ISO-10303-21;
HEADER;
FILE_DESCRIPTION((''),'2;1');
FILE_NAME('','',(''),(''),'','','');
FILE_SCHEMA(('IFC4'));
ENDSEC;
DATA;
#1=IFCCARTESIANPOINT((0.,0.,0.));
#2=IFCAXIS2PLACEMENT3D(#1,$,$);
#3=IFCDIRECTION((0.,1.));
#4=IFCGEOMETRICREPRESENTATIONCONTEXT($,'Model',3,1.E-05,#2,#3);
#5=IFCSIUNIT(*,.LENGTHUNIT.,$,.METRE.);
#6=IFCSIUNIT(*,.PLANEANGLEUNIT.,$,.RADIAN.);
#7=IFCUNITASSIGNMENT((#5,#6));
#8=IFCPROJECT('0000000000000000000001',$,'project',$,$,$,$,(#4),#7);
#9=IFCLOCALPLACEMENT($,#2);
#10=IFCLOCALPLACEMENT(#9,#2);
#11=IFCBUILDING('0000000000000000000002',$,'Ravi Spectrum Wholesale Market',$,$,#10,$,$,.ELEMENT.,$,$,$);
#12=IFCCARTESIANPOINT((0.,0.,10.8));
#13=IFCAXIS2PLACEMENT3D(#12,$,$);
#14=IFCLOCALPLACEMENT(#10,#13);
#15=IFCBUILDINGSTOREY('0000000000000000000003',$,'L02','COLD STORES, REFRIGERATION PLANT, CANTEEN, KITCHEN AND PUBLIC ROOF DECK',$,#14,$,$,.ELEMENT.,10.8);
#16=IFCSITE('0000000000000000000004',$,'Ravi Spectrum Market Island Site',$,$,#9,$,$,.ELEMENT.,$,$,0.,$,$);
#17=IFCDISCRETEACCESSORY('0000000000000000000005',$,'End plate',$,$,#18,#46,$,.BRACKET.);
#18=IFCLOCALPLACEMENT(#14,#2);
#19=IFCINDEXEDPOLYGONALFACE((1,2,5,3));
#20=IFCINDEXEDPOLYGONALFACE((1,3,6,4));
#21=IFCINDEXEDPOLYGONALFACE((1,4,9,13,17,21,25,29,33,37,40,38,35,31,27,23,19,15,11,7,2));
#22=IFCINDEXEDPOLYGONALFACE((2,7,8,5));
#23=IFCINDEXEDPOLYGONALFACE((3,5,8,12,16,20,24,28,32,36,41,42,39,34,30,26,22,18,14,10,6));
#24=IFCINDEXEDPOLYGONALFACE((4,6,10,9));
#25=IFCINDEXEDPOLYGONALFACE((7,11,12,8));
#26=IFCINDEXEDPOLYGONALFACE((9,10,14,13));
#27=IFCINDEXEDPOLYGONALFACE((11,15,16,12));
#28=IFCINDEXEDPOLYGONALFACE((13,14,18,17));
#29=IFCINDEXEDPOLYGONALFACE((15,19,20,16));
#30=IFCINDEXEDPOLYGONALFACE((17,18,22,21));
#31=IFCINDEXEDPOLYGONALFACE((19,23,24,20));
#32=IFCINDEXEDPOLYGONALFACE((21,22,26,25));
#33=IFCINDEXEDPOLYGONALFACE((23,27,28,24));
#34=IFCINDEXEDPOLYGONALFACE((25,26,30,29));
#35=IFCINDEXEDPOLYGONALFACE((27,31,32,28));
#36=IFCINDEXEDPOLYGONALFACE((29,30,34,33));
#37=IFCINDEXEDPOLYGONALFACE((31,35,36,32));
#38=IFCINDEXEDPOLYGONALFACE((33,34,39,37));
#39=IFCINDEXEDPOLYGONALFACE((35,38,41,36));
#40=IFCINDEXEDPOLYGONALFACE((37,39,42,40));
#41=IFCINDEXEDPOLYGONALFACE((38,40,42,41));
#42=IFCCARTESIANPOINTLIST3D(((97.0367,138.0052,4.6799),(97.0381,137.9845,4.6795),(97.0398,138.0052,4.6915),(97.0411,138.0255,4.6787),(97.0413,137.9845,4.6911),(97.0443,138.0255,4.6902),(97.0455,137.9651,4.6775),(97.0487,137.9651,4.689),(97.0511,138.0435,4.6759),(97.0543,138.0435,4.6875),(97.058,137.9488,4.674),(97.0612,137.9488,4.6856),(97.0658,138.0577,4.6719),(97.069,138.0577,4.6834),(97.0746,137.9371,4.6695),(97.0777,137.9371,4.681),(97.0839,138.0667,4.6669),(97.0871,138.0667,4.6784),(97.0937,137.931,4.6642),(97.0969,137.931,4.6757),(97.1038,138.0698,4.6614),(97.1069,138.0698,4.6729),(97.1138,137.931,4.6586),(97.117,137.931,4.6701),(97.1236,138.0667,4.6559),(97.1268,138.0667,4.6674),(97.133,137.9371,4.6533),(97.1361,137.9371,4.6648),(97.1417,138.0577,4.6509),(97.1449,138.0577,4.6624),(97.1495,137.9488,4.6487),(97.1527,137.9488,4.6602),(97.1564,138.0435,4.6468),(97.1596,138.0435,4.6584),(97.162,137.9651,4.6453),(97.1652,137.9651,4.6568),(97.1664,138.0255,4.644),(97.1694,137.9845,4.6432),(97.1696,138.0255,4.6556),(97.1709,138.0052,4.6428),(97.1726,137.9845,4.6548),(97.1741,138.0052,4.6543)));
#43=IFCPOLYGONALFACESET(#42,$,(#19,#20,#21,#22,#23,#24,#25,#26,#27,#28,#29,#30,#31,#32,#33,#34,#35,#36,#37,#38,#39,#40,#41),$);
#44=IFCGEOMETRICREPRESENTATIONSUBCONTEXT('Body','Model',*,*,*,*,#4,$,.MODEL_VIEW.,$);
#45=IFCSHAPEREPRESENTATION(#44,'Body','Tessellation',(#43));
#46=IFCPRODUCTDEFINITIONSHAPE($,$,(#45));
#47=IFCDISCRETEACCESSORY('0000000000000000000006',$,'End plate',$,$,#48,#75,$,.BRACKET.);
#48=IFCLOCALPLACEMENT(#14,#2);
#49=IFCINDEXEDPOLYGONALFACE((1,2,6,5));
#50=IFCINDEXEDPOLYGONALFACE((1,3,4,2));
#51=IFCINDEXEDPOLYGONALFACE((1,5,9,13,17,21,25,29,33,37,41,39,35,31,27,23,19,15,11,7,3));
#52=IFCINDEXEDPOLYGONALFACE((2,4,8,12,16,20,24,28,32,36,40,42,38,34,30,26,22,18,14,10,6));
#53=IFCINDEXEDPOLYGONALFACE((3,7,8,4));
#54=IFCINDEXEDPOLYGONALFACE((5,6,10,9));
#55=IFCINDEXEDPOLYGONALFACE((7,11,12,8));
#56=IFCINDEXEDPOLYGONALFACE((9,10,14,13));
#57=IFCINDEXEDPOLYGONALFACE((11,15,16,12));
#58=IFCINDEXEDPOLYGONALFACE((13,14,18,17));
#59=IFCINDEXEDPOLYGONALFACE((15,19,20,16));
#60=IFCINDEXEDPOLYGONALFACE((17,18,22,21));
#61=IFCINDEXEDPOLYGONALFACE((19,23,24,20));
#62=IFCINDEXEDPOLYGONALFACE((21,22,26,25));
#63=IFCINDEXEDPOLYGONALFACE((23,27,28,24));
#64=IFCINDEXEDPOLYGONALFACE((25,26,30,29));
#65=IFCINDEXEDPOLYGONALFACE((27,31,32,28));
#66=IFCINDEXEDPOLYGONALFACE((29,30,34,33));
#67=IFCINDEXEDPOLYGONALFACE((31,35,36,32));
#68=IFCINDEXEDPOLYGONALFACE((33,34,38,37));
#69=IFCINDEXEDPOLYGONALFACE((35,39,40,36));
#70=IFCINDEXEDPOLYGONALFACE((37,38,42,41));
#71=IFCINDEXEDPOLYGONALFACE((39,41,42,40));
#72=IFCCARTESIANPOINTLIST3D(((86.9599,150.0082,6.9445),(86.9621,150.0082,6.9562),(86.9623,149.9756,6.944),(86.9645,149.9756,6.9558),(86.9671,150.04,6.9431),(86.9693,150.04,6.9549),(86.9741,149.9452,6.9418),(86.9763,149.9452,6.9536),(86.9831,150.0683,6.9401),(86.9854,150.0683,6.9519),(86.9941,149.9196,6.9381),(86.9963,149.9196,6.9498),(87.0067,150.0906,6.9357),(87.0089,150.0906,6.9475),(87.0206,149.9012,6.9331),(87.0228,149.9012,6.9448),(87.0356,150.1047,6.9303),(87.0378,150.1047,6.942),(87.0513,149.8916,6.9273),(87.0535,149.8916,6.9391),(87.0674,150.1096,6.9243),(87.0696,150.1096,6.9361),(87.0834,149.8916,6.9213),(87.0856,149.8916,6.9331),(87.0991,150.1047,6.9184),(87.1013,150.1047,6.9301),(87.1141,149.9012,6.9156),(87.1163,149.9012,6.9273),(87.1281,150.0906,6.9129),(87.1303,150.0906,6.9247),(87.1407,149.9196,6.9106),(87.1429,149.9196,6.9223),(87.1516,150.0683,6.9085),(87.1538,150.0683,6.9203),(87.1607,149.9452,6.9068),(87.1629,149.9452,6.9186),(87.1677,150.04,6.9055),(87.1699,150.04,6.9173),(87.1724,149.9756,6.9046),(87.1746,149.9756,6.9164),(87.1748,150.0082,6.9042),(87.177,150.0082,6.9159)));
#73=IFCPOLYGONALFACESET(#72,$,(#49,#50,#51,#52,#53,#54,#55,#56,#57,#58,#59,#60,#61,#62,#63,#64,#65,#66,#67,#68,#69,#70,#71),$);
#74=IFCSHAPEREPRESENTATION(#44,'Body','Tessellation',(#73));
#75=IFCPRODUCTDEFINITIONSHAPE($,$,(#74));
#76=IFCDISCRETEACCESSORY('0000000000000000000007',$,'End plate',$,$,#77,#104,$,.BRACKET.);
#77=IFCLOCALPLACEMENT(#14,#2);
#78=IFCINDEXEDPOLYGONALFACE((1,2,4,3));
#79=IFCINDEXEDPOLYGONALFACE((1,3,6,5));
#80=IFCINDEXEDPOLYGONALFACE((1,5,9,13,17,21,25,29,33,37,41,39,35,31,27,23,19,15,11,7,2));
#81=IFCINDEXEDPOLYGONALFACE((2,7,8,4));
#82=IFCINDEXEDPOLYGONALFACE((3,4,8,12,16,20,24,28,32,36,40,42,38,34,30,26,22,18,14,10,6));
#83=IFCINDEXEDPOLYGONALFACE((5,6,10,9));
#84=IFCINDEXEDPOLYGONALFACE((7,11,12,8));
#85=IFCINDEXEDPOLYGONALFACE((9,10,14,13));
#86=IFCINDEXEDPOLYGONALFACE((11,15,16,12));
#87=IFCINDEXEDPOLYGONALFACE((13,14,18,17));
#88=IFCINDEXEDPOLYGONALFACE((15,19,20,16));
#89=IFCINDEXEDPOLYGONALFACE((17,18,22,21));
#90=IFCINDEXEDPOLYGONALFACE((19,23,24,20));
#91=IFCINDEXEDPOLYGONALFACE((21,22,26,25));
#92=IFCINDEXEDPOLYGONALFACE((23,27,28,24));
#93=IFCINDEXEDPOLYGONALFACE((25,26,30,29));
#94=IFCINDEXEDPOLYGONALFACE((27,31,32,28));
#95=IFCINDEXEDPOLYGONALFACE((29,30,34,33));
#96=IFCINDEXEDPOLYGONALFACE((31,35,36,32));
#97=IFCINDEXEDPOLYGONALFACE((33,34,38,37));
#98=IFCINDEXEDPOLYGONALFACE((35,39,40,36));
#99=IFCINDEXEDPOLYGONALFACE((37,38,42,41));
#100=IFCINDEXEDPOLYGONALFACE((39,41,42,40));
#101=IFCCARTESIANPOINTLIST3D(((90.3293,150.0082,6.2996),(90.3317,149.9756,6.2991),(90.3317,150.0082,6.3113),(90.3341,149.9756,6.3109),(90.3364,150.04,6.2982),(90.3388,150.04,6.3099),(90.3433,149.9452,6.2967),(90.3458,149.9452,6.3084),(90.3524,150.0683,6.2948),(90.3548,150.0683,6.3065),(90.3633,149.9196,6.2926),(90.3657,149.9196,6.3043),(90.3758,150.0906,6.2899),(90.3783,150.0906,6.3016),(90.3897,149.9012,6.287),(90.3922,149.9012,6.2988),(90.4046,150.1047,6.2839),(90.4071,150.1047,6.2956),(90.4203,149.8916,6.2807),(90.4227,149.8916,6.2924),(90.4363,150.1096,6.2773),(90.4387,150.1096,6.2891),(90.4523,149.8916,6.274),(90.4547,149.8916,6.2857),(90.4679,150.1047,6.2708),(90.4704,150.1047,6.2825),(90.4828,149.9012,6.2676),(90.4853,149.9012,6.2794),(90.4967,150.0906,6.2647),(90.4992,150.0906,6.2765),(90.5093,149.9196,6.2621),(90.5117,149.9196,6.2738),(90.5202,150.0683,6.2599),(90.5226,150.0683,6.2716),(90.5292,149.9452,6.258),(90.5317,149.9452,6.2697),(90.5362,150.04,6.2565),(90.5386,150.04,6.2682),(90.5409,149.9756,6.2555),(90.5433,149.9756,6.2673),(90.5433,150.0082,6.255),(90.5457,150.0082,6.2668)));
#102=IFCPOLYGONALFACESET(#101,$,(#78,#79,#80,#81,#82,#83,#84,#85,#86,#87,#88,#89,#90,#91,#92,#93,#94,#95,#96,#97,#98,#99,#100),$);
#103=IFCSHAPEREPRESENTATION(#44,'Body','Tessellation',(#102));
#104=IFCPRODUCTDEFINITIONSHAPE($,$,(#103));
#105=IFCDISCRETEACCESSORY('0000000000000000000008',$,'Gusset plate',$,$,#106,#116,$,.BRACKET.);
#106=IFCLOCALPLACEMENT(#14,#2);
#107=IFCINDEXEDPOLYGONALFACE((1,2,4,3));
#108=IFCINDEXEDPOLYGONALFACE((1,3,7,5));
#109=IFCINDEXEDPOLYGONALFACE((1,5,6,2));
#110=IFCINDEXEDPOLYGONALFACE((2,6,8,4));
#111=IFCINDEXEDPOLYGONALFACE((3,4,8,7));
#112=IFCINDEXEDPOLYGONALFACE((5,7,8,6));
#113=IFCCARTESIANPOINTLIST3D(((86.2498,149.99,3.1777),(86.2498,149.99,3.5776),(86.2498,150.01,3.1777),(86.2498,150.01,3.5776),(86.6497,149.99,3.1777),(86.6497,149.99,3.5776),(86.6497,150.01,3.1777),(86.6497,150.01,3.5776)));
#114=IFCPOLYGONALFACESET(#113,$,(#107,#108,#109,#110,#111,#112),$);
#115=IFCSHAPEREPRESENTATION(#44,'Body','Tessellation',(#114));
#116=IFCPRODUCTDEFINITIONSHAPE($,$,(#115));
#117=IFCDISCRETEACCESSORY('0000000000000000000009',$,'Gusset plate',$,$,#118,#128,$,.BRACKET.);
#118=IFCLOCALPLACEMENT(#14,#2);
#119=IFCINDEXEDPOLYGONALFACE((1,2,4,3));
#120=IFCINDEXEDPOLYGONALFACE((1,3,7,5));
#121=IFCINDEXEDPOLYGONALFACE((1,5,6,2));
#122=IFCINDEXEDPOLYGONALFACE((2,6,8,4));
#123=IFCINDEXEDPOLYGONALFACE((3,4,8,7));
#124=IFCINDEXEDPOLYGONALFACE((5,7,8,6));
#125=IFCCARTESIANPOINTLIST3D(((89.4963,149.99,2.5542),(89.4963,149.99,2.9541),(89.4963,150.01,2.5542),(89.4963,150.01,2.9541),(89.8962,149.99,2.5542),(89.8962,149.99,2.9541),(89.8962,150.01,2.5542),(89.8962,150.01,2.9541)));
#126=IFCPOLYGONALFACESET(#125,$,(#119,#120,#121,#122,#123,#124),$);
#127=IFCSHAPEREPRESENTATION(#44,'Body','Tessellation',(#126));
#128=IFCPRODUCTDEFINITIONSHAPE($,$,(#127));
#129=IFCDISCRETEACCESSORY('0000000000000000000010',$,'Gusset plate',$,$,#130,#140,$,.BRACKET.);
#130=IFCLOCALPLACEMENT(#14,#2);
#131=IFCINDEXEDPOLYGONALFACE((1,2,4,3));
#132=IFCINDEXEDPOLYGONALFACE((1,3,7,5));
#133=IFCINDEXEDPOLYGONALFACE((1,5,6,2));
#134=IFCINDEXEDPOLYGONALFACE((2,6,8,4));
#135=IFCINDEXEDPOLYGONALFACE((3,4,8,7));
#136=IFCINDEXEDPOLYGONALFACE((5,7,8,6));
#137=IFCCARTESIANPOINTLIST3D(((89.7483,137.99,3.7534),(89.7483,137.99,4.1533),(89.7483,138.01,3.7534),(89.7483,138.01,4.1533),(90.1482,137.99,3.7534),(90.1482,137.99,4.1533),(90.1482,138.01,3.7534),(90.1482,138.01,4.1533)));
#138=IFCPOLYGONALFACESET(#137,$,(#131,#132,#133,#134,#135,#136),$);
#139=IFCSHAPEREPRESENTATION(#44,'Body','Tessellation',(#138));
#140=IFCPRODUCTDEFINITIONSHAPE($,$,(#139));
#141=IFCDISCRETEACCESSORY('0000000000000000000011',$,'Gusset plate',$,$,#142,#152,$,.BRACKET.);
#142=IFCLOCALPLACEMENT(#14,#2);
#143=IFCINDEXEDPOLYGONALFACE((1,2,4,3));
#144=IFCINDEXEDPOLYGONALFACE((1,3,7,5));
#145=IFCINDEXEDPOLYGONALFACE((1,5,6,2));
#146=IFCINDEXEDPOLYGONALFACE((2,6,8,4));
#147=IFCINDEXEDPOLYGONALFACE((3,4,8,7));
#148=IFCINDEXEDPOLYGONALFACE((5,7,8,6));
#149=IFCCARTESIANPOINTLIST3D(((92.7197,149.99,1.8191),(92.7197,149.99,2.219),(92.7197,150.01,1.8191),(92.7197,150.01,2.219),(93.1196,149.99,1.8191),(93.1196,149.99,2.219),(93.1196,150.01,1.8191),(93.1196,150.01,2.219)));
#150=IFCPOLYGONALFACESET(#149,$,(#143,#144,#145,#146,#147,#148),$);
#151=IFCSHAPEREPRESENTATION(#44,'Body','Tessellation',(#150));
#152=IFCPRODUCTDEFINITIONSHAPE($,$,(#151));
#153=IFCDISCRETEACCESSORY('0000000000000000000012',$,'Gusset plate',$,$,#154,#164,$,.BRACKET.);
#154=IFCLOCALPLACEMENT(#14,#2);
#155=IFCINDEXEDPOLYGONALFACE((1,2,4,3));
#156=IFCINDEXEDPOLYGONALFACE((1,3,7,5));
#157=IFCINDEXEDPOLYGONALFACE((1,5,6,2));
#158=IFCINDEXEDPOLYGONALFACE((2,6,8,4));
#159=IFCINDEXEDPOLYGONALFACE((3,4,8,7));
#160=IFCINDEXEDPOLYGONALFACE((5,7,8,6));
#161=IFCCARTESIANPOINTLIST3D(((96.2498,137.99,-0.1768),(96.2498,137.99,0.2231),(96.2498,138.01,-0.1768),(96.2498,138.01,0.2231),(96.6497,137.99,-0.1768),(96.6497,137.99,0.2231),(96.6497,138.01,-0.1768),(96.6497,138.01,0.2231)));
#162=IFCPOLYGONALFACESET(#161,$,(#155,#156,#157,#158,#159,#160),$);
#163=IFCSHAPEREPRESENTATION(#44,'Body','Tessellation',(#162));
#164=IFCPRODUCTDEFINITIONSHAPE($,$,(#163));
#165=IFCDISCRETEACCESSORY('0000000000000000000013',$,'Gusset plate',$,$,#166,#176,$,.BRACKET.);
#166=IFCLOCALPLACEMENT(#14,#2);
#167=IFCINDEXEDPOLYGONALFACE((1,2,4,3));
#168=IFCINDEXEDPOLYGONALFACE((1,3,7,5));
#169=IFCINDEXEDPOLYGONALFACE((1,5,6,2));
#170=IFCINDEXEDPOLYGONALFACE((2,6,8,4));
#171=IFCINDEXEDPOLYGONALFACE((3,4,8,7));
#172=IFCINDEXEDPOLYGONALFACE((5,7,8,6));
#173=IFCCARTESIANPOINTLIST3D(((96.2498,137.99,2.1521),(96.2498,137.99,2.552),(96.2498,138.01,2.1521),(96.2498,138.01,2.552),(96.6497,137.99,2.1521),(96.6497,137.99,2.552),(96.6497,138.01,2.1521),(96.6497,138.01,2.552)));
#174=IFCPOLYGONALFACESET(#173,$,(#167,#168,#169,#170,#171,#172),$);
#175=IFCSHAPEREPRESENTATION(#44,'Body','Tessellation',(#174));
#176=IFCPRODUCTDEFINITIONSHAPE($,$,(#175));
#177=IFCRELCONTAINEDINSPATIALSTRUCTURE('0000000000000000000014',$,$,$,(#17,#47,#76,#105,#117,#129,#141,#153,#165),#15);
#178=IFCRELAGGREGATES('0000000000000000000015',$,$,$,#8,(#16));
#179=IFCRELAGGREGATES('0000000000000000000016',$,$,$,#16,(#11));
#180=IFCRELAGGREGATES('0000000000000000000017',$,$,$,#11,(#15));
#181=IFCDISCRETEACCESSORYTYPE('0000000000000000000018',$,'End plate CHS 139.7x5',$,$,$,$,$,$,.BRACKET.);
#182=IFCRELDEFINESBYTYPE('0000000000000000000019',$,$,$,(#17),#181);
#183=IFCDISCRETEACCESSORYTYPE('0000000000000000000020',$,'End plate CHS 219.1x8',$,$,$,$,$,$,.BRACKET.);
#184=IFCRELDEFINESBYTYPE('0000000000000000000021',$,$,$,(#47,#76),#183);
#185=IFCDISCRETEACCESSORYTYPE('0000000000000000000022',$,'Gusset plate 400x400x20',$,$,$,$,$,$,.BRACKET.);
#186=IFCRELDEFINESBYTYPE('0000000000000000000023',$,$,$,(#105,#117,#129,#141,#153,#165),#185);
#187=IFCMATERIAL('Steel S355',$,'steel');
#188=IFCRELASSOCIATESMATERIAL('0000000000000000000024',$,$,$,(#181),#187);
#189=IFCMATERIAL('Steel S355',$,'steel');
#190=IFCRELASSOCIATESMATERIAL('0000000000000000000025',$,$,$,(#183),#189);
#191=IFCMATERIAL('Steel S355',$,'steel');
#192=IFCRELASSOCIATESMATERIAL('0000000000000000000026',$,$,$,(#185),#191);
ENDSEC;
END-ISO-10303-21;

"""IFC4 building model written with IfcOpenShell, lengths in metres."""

from ifc_helpers import new_model, si_unit, direction, frame, origin, origin_2d, place, context, subcontext, project, spatial, rectangle, circle, extrude, material, material_profile, profile_set, type_object, element, save


model = new_model("IFC4")

# Units and contexts
model_context = context("Model", 3, precision=1e-05, world=origin(), true_north=direction((0.0, 1.0)))
body_context = subcontext(model_context, "Body", "Model", "MODEL_VIEW")
ifc_project = project(units=[si_unit("LENGTHUNIT", "METRE"), si_unit("PLANEANGLEUNIT", "RADIAN")], contexts=[model_context])

# Site, building, storey
site_placement = place(None, origin())
site = spatial("IfcSite", under=ifc_project, at=site_placement, Name="Ravi Spectrum Market Island Site", CompositionType="ELEMENT", RefElevation=0.0)
building_placement = place(site_placement, origin())
building = spatial("IfcBuilding", under=site, at=building_placement, Name="Ravi Spectrum Wholesale Market", CompositionType="ELEMENT")
storey_placement = place(building_placement, frame((0.0, 0.0, 10.8)))
storey = spatial("IfcBuildingStorey", under=building, at=storey_placement, Name="L02", Description="COLD STORES, REFRIGERATION PLANT, CANTEEN, KITCHEN AND PUBLIC ROOF DECK", CompositionType="ELEMENT", Elevation=10.8)

# Discrete accessories
ifc_material_1 = material(Name="Steel S355", Category="steel")
ifc_material_profile_1 = material_profile(ifc_material_1, circle(Radius=0.0698, at=origin_2d()))
ifc_profile_set_1 = profile_set([ifc_material_profile_1], Name="Steel S355")
discrete_accessory_type_1 = type_object("IfcDiscreteAccessoryType", Name="End plate CHS 139.7x5", PredefinedType="BRACKET", material=ifc_profile_set_1)
for number, where, z_axis, x_axis, name in (
    (1, (97.1038, 138.0, 4.6614), (0.266586, 0.0, 0.963811), (0.0, 1.0, 0.0), "End plate"),
):
    element("IfcDiscreteAccessory", number, at=place(storey_placement, frame(where, z_axis=z_axis, x_axis=x_axis)), inside=storey, type_object=discrete_accessory_type_1, Name=name, PredefinedType="BRACKET", context=body_context, shape_type="SweptSolid", body=[
        extrude(circle(Radius=0.0698, at=origin_2d()), origin(), (0.0, 0.0, 1.0), 0.012),
    ])
ifc_material_2 = material(Name="Steel S355", Category="steel")
ifc_material_profile_2 = material_profile(ifc_material_2, circle(Radius=0.1096, at=origin_2d()))
ifc_profile_set_2 = profile_set([ifc_material_profile_2], Name="Steel S355")
discrete_accessory_type_2 = type_object("IfcDiscreteAccessoryType", Name="End plate CHS 219.1x8", PredefinedType="BRACKET", material=ifc_profile_set_2)
for number, where, z_axis, x_axis, name in (
    (2, (87.0674, 150.0, 6.9243), (0.184289, 0.0, 0.982872), (0.0, 1.0, 0.0), "End plate"),
    (3, (90.4363, 150.0, 6.2773), (0.203954, 0.0, 0.97898), (0.0, 1.0, 0.0), "End plate"),
):
    element("IfcDiscreteAccessory", number, at=place(storey_placement, frame(where, z_axis=z_axis, x_axis=x_axis)), inside=storey, type_object=discrete_accessory_type_2, Name=name, PredefinedType="BRACKET", context=body_context, shape_type="SweptSolid", body=[
        extrude(circle(Radius=0.1096, at=origin_2d()), origin(), (0.0, 0.0, 1.0), 0.012),
    ])
ifc_material_3 = material(Name="Steel S355", Category="steel")
ifc_material_profile_3 = material_profile(ifc_material_3, rectangle(XDim=0.3999, YDim=0.02, at=origin_2d()))
ifc_profile_set_3 = profile_set([ifc_material_profile_3], Name="Steel S355")
discrete_accessory_type_3 = type_object("IfcDiscreteAccessoryType", Name="Gusset plate 400x400x20", PredefinedType="BRACKET", material=ifc_profile_set_3)
for number, where, z_axis, x_axis, name in (
    (4, (86.4497, 150.0, 3.1777), (0.0, 0.0, 1.0), (-1.0, 0.0, 0.0), "Gusset plate"),
    (5, (89.6963, 150.0, 2.5542), (0.0, 0.0, 1.0), (-1.0, 0.0, 0.0), "Gusset plate"),
    (6, (89.9482, 138.0, 3.7534), (0.0, 0.0, 1.0), (-1.0, 0.0, 0.0), "Gusset plate"),
    (7, (92.9197, 150.0, 1.8191), (0.0, 0.0, 1.0), (-1.0, 0.0, 0.0), "Gusset plate"),
    (8, (96.4497, 138.0, -0.1768), (0.0, 0.0, 1.0), (1.0, 0.0, 0.0), "Gusset plate"),
    (9, (96.4497, 138.0, 2.1521), (0.0, 0.0, 1.0), (-1.0, 0.0, 0.0), "Gusset plate"),
):
    element("IfcDiscreteAccessory", number, at=place(storey_placement, frame(where, z_axis=z_axis, x_axis=x_axis)), inside=storey, type_object=discrete_accessory_type_3, Name=name, PredefinedType="BRACKET", context=body_context, shape_type="SweptSolid", body=[
        extrude(rectangle(XDim=0.3999, YDim=0.02, at=origin_2d()), origin(), (0.0, 0.0, 1.0), 0.3999),
    ])

save(model, "model.ifc")
